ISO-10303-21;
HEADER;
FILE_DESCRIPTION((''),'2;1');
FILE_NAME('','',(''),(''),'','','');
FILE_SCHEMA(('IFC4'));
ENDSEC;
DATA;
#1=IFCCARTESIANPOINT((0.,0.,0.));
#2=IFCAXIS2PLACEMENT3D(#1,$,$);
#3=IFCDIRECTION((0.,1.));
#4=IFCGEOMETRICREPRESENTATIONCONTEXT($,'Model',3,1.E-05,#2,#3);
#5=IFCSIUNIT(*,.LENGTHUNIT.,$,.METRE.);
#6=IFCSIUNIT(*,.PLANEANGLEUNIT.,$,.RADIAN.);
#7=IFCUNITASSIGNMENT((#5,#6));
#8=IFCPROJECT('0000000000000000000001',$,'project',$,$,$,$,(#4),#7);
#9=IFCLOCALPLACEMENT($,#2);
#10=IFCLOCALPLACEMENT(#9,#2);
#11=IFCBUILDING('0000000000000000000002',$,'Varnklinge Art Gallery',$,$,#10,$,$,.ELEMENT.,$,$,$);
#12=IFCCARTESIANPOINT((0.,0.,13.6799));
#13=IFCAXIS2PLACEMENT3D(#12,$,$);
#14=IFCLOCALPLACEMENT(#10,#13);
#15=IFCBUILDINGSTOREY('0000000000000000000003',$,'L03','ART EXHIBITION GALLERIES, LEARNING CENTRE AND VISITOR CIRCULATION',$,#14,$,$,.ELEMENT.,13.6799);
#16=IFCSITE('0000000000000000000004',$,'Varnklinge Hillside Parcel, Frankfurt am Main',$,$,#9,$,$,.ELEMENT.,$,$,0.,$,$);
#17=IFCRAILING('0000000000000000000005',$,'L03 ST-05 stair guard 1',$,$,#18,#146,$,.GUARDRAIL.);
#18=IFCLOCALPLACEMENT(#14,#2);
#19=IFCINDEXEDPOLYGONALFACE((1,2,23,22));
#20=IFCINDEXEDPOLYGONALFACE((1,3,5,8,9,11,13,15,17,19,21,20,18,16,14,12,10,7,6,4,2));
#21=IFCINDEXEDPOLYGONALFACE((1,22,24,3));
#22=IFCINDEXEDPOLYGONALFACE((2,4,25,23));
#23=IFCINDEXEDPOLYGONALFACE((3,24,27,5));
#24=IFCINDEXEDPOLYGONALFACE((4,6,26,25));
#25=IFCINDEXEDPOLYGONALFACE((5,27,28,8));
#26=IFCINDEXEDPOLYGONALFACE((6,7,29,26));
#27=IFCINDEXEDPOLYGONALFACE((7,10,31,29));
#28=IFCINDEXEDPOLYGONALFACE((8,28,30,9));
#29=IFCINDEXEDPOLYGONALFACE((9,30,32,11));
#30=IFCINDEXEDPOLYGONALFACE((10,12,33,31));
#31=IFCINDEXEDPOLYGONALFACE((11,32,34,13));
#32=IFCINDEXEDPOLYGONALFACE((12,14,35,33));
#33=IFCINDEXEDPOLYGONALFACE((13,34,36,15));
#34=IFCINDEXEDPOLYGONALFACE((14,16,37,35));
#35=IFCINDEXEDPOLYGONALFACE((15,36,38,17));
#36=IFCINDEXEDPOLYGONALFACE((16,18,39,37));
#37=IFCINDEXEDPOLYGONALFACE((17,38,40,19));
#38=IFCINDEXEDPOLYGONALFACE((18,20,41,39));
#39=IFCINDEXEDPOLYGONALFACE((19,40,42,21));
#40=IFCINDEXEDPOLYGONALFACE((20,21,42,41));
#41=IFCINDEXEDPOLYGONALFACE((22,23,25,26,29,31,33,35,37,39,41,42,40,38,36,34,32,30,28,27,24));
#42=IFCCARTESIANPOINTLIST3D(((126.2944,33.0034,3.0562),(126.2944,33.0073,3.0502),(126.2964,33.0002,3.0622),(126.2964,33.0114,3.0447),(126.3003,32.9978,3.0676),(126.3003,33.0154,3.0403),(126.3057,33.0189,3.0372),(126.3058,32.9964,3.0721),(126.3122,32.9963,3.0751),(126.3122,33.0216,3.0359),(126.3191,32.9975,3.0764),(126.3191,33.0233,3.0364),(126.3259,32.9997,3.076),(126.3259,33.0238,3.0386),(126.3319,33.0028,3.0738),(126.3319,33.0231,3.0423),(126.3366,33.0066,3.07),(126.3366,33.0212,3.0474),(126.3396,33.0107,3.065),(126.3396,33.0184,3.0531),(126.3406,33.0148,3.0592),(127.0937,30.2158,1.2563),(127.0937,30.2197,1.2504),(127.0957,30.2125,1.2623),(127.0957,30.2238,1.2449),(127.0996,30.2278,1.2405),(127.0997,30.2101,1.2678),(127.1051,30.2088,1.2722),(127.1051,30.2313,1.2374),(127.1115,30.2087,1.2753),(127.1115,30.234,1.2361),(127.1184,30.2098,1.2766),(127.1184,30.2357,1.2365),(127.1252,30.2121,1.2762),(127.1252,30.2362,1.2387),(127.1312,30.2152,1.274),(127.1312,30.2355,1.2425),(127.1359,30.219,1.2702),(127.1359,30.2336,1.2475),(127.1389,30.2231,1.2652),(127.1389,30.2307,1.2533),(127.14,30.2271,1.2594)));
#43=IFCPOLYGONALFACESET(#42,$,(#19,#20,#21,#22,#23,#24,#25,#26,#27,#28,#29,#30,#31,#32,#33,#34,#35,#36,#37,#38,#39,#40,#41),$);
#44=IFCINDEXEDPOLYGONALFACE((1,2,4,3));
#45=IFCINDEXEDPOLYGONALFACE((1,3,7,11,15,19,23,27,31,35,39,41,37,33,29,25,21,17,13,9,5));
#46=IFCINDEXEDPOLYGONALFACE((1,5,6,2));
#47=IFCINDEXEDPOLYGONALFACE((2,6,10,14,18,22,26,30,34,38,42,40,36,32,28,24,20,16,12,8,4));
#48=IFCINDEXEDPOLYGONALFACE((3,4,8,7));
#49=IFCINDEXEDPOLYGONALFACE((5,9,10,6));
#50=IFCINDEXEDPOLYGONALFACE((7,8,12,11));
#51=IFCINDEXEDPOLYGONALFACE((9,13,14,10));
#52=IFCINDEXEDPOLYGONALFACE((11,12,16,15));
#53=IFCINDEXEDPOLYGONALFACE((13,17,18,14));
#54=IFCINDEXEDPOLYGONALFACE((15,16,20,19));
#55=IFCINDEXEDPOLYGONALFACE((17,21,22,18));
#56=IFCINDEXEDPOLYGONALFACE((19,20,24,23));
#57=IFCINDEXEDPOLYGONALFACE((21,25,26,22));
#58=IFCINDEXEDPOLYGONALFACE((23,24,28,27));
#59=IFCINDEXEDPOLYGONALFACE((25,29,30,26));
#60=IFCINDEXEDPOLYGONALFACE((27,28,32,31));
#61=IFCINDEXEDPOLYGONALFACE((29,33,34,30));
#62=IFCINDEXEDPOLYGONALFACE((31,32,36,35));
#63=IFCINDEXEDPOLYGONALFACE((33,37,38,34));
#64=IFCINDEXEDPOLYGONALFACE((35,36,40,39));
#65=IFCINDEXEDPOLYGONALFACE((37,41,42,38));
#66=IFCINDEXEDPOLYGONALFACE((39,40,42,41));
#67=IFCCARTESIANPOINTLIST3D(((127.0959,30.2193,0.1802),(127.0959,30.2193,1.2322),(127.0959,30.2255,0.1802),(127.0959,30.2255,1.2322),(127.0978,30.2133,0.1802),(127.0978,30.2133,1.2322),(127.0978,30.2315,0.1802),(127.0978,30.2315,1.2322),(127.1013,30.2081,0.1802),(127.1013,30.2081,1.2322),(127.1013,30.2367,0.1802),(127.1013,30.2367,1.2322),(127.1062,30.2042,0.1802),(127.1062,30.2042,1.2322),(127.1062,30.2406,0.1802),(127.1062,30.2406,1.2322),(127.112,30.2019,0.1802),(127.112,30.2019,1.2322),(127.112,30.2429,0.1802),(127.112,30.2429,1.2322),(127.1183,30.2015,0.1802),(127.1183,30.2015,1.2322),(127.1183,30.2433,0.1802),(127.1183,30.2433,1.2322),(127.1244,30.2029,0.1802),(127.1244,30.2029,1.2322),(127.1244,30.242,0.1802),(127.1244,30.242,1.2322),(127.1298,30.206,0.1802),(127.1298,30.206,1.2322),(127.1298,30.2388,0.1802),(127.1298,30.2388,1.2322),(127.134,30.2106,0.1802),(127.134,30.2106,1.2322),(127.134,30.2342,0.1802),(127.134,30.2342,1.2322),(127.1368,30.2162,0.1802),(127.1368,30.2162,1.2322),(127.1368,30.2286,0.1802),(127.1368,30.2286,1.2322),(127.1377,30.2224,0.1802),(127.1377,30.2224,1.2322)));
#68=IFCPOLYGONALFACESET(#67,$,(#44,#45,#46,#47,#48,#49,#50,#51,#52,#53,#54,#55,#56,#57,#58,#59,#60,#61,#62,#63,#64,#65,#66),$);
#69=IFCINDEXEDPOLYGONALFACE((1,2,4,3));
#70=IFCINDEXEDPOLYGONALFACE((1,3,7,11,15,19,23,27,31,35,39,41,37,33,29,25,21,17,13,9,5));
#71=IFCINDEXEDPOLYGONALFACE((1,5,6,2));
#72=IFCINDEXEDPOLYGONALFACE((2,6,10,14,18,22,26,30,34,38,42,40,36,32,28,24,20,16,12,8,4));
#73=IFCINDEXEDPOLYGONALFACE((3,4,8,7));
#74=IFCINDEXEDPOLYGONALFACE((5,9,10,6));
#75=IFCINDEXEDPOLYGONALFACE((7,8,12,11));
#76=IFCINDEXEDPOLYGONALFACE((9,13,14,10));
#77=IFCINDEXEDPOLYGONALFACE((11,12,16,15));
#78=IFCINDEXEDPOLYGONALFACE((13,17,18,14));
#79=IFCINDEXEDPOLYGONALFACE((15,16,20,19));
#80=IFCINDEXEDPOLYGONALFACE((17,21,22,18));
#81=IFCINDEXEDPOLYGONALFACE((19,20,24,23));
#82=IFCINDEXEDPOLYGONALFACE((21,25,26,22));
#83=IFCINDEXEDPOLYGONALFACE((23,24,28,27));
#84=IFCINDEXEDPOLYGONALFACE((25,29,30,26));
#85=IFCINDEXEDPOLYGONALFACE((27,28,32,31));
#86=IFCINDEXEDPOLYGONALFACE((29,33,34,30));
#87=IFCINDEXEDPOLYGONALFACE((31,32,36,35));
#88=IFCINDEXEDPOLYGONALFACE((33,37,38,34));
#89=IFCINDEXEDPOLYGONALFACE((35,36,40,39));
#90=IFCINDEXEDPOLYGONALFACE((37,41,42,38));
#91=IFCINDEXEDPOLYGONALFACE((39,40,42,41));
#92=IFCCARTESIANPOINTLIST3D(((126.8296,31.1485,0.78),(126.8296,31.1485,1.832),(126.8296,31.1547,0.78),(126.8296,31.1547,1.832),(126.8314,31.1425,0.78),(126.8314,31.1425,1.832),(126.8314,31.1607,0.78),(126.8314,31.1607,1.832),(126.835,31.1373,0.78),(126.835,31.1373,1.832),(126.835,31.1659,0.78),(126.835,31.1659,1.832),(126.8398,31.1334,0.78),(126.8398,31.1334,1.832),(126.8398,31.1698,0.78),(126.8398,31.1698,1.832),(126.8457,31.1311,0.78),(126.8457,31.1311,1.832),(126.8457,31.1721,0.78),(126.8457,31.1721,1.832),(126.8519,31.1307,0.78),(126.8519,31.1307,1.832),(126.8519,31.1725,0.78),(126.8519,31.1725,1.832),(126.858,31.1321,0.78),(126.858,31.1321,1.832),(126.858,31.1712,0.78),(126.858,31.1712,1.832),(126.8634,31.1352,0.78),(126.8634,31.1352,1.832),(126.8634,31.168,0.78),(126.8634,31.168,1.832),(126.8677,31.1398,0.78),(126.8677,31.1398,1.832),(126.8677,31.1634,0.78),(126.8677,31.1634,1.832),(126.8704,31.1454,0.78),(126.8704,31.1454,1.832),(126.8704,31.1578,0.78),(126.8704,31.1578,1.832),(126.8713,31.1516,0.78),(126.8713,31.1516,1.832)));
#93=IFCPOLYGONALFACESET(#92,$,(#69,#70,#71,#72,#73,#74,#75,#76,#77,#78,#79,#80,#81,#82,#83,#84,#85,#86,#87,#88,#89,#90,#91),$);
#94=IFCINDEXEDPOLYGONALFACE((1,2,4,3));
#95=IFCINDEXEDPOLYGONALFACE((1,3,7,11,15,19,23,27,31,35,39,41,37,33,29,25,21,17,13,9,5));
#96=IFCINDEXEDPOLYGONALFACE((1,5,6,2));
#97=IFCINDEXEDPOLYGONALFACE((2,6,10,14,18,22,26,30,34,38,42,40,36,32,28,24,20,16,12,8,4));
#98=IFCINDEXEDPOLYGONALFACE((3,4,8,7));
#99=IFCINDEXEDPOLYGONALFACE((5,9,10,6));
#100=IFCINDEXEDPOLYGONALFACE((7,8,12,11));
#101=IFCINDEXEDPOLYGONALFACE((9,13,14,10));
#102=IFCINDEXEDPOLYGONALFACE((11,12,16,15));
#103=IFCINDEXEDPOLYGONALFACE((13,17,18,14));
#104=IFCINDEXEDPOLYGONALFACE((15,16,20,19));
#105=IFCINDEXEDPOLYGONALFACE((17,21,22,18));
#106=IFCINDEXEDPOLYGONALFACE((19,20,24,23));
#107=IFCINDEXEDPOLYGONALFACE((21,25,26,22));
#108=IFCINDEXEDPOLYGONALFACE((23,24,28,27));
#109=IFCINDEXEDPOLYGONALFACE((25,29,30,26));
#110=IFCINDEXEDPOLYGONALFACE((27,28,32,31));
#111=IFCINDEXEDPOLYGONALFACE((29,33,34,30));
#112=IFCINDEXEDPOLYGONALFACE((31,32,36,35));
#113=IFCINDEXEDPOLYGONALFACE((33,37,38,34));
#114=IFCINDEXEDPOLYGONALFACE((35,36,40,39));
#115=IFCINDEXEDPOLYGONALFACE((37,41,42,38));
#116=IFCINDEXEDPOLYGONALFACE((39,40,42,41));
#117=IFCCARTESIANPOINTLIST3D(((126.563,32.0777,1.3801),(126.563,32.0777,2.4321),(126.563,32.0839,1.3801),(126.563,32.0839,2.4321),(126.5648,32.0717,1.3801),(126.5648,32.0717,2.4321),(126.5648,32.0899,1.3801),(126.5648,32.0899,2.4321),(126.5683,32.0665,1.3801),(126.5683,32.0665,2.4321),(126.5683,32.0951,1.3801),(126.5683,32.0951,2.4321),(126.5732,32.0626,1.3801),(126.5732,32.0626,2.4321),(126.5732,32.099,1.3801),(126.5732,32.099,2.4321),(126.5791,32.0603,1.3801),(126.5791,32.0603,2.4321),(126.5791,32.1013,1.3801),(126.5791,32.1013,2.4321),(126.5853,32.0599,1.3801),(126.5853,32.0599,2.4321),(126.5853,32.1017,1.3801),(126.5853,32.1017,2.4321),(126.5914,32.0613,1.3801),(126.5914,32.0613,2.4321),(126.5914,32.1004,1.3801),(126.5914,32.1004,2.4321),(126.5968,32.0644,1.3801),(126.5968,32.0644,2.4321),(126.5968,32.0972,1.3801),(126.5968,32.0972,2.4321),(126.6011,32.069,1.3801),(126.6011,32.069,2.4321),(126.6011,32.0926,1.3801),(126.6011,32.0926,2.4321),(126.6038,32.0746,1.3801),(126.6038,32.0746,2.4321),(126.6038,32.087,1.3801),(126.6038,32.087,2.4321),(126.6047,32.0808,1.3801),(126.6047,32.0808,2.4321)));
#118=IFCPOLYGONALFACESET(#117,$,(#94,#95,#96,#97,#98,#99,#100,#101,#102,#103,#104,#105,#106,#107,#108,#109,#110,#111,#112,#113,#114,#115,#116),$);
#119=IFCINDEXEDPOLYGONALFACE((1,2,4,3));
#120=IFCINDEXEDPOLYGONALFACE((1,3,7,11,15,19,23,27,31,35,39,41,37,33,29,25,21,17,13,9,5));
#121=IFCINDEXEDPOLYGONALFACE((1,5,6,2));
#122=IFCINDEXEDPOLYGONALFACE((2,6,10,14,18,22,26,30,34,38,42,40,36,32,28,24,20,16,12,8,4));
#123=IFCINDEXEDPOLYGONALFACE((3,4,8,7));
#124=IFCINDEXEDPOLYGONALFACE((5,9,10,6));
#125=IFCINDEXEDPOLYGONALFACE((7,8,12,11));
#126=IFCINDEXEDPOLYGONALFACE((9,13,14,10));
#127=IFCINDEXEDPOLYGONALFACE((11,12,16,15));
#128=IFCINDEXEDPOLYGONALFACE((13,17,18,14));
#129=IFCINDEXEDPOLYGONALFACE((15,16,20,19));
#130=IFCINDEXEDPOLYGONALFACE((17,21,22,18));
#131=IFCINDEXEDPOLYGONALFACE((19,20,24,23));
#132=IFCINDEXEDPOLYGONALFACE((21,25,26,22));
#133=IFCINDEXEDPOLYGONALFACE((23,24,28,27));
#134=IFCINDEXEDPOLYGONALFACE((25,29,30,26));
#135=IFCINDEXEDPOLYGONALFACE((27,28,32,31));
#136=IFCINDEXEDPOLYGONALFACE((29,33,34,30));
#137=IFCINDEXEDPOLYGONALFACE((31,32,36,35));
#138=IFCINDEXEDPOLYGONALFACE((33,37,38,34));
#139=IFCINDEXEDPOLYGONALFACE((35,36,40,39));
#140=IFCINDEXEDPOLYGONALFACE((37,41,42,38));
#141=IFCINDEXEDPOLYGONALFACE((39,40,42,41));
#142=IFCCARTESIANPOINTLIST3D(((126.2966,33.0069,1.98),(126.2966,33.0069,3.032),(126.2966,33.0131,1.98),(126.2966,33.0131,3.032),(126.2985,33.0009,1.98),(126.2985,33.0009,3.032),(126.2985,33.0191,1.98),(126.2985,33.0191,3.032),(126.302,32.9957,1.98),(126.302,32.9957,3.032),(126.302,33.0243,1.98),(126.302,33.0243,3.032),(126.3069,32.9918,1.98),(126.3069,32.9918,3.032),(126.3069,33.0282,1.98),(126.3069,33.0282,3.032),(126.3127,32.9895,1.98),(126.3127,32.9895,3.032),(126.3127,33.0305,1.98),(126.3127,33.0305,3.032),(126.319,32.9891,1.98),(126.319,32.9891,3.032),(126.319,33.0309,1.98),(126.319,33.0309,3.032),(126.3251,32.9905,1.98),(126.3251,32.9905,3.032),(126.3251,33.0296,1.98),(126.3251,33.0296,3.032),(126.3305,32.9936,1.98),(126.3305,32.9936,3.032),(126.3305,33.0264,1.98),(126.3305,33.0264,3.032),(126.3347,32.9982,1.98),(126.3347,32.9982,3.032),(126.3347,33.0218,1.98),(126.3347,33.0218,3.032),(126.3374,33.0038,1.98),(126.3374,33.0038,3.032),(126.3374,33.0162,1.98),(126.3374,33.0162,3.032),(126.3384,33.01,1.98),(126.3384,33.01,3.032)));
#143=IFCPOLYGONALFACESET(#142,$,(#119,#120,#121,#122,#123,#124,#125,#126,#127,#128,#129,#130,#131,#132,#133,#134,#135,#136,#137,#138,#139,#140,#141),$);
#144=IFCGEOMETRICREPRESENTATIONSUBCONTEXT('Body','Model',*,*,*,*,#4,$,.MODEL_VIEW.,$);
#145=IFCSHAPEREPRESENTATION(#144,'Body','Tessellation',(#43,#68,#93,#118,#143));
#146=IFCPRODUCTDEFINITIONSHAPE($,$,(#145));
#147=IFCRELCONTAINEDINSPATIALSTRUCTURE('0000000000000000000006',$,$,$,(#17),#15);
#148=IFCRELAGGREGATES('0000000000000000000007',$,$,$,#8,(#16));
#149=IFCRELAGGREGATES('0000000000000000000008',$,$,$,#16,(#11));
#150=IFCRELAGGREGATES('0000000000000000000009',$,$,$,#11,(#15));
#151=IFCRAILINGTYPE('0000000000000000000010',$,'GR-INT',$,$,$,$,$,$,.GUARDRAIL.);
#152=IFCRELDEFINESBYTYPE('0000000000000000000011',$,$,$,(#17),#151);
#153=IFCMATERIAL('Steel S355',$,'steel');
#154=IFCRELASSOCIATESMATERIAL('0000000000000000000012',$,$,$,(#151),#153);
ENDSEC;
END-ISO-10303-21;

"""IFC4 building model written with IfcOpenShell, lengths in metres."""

from ifc_helpers import new_model, si_unit, direction, frame, origin, origin_2d, place, context, subcontext, project, spatial, circle, extrude, material, type_object, element, save


model = new_model("IFC4")

# Units and contexts
model_context = context("Model", 3, precision=1e-05, world=origin(), true_north=direction((0.0, 1.0)))
body_context = subcontext(model_context, "Body", "Model", "MODEL_VIEW")
ifc_project = project(units=[si_unit("LENGTHUNIT", "METRE"), si_unit("PLANEANGLEUNIT", "RADIAN")], contexts=[model_context])

# Site, building, storey
site_placement = place(None, origin())
site = spatial("IfcSite", under=ifc_project, at=site_placement, Name="Varnklinge Hillside Parcel, Frankfurt am Main", CompositionType="ELEMENT", RefElevation=0.0)
building_placement = place(site_placement, origin())
building = spatial("IfcBuilding", under=site, at=building_placement, Name="Varnklinge Art Gallery", CompositionType="ELEMENT")
storey_placement = place(building_placement, frame((0.0, 0.0, 13.6799)))
storey = spatial("IfcBuildingStorey", under=building, at=storey_placement, Name="L03", Description="ART EXHIBITION GALLERIES, LEARNING CENTRE AND VISITOR CIRCULATION", CompositionType="ELEMENT", Elevation=13.6799)

# Railing
ifc_material_1 = material(Name="Steel S355", Category="steel")
railing_type_1 = type_object("IfcRailingType", Name="GR-INT", PredefinedType="GUARDRAIL", material=ifc_material_1)
railing_1_placement = place(storey_placement, frame((127.1167, 30.2224, 0.1802)))
element("IfcRailing", 1, at=railing_1_placement, inside=storey, type_object=railing_type_1, Name="L03 ST-05 stair guard 1", PredefinedType="GUARDRAIL", context=body_context, shape_type="SweptSolid", body=[
    extrude(circle(Radius=0.0239, at=origin_2d()), frame((0.0, 0.0, 1.0762), z_axis=(-0.234194, 0.816747, 0.52733), x_axis=(-0.961263, -0.275633, 0.0)), (0.0, 0.0, 1.0), 3.4131),
    extrude(circle(Radius=0.021, at=origin_2d()), origin(), (0.0, 0.0, 1.0), 1.052),
    extrude(circle(Radius=0.021, at=origin_2d()), frame((-0.2664, 0.9292, 0.5999)), (0.0, 0.0, 1.0), 1.052),
    extrude(circle(Radius=0.021, at=origin_2d()), frame((-0.533, 1.8584, 1.2)), (0.0, 0.0, 1.0), 1.052),
    extrude(circle(Radius=0.021, at=origin_2d()), frame((-0.7993, 2.7876, 1.7998)), (0.0, 0.0, 1.0), 1.052),
])

save(model, "model.ifc")
